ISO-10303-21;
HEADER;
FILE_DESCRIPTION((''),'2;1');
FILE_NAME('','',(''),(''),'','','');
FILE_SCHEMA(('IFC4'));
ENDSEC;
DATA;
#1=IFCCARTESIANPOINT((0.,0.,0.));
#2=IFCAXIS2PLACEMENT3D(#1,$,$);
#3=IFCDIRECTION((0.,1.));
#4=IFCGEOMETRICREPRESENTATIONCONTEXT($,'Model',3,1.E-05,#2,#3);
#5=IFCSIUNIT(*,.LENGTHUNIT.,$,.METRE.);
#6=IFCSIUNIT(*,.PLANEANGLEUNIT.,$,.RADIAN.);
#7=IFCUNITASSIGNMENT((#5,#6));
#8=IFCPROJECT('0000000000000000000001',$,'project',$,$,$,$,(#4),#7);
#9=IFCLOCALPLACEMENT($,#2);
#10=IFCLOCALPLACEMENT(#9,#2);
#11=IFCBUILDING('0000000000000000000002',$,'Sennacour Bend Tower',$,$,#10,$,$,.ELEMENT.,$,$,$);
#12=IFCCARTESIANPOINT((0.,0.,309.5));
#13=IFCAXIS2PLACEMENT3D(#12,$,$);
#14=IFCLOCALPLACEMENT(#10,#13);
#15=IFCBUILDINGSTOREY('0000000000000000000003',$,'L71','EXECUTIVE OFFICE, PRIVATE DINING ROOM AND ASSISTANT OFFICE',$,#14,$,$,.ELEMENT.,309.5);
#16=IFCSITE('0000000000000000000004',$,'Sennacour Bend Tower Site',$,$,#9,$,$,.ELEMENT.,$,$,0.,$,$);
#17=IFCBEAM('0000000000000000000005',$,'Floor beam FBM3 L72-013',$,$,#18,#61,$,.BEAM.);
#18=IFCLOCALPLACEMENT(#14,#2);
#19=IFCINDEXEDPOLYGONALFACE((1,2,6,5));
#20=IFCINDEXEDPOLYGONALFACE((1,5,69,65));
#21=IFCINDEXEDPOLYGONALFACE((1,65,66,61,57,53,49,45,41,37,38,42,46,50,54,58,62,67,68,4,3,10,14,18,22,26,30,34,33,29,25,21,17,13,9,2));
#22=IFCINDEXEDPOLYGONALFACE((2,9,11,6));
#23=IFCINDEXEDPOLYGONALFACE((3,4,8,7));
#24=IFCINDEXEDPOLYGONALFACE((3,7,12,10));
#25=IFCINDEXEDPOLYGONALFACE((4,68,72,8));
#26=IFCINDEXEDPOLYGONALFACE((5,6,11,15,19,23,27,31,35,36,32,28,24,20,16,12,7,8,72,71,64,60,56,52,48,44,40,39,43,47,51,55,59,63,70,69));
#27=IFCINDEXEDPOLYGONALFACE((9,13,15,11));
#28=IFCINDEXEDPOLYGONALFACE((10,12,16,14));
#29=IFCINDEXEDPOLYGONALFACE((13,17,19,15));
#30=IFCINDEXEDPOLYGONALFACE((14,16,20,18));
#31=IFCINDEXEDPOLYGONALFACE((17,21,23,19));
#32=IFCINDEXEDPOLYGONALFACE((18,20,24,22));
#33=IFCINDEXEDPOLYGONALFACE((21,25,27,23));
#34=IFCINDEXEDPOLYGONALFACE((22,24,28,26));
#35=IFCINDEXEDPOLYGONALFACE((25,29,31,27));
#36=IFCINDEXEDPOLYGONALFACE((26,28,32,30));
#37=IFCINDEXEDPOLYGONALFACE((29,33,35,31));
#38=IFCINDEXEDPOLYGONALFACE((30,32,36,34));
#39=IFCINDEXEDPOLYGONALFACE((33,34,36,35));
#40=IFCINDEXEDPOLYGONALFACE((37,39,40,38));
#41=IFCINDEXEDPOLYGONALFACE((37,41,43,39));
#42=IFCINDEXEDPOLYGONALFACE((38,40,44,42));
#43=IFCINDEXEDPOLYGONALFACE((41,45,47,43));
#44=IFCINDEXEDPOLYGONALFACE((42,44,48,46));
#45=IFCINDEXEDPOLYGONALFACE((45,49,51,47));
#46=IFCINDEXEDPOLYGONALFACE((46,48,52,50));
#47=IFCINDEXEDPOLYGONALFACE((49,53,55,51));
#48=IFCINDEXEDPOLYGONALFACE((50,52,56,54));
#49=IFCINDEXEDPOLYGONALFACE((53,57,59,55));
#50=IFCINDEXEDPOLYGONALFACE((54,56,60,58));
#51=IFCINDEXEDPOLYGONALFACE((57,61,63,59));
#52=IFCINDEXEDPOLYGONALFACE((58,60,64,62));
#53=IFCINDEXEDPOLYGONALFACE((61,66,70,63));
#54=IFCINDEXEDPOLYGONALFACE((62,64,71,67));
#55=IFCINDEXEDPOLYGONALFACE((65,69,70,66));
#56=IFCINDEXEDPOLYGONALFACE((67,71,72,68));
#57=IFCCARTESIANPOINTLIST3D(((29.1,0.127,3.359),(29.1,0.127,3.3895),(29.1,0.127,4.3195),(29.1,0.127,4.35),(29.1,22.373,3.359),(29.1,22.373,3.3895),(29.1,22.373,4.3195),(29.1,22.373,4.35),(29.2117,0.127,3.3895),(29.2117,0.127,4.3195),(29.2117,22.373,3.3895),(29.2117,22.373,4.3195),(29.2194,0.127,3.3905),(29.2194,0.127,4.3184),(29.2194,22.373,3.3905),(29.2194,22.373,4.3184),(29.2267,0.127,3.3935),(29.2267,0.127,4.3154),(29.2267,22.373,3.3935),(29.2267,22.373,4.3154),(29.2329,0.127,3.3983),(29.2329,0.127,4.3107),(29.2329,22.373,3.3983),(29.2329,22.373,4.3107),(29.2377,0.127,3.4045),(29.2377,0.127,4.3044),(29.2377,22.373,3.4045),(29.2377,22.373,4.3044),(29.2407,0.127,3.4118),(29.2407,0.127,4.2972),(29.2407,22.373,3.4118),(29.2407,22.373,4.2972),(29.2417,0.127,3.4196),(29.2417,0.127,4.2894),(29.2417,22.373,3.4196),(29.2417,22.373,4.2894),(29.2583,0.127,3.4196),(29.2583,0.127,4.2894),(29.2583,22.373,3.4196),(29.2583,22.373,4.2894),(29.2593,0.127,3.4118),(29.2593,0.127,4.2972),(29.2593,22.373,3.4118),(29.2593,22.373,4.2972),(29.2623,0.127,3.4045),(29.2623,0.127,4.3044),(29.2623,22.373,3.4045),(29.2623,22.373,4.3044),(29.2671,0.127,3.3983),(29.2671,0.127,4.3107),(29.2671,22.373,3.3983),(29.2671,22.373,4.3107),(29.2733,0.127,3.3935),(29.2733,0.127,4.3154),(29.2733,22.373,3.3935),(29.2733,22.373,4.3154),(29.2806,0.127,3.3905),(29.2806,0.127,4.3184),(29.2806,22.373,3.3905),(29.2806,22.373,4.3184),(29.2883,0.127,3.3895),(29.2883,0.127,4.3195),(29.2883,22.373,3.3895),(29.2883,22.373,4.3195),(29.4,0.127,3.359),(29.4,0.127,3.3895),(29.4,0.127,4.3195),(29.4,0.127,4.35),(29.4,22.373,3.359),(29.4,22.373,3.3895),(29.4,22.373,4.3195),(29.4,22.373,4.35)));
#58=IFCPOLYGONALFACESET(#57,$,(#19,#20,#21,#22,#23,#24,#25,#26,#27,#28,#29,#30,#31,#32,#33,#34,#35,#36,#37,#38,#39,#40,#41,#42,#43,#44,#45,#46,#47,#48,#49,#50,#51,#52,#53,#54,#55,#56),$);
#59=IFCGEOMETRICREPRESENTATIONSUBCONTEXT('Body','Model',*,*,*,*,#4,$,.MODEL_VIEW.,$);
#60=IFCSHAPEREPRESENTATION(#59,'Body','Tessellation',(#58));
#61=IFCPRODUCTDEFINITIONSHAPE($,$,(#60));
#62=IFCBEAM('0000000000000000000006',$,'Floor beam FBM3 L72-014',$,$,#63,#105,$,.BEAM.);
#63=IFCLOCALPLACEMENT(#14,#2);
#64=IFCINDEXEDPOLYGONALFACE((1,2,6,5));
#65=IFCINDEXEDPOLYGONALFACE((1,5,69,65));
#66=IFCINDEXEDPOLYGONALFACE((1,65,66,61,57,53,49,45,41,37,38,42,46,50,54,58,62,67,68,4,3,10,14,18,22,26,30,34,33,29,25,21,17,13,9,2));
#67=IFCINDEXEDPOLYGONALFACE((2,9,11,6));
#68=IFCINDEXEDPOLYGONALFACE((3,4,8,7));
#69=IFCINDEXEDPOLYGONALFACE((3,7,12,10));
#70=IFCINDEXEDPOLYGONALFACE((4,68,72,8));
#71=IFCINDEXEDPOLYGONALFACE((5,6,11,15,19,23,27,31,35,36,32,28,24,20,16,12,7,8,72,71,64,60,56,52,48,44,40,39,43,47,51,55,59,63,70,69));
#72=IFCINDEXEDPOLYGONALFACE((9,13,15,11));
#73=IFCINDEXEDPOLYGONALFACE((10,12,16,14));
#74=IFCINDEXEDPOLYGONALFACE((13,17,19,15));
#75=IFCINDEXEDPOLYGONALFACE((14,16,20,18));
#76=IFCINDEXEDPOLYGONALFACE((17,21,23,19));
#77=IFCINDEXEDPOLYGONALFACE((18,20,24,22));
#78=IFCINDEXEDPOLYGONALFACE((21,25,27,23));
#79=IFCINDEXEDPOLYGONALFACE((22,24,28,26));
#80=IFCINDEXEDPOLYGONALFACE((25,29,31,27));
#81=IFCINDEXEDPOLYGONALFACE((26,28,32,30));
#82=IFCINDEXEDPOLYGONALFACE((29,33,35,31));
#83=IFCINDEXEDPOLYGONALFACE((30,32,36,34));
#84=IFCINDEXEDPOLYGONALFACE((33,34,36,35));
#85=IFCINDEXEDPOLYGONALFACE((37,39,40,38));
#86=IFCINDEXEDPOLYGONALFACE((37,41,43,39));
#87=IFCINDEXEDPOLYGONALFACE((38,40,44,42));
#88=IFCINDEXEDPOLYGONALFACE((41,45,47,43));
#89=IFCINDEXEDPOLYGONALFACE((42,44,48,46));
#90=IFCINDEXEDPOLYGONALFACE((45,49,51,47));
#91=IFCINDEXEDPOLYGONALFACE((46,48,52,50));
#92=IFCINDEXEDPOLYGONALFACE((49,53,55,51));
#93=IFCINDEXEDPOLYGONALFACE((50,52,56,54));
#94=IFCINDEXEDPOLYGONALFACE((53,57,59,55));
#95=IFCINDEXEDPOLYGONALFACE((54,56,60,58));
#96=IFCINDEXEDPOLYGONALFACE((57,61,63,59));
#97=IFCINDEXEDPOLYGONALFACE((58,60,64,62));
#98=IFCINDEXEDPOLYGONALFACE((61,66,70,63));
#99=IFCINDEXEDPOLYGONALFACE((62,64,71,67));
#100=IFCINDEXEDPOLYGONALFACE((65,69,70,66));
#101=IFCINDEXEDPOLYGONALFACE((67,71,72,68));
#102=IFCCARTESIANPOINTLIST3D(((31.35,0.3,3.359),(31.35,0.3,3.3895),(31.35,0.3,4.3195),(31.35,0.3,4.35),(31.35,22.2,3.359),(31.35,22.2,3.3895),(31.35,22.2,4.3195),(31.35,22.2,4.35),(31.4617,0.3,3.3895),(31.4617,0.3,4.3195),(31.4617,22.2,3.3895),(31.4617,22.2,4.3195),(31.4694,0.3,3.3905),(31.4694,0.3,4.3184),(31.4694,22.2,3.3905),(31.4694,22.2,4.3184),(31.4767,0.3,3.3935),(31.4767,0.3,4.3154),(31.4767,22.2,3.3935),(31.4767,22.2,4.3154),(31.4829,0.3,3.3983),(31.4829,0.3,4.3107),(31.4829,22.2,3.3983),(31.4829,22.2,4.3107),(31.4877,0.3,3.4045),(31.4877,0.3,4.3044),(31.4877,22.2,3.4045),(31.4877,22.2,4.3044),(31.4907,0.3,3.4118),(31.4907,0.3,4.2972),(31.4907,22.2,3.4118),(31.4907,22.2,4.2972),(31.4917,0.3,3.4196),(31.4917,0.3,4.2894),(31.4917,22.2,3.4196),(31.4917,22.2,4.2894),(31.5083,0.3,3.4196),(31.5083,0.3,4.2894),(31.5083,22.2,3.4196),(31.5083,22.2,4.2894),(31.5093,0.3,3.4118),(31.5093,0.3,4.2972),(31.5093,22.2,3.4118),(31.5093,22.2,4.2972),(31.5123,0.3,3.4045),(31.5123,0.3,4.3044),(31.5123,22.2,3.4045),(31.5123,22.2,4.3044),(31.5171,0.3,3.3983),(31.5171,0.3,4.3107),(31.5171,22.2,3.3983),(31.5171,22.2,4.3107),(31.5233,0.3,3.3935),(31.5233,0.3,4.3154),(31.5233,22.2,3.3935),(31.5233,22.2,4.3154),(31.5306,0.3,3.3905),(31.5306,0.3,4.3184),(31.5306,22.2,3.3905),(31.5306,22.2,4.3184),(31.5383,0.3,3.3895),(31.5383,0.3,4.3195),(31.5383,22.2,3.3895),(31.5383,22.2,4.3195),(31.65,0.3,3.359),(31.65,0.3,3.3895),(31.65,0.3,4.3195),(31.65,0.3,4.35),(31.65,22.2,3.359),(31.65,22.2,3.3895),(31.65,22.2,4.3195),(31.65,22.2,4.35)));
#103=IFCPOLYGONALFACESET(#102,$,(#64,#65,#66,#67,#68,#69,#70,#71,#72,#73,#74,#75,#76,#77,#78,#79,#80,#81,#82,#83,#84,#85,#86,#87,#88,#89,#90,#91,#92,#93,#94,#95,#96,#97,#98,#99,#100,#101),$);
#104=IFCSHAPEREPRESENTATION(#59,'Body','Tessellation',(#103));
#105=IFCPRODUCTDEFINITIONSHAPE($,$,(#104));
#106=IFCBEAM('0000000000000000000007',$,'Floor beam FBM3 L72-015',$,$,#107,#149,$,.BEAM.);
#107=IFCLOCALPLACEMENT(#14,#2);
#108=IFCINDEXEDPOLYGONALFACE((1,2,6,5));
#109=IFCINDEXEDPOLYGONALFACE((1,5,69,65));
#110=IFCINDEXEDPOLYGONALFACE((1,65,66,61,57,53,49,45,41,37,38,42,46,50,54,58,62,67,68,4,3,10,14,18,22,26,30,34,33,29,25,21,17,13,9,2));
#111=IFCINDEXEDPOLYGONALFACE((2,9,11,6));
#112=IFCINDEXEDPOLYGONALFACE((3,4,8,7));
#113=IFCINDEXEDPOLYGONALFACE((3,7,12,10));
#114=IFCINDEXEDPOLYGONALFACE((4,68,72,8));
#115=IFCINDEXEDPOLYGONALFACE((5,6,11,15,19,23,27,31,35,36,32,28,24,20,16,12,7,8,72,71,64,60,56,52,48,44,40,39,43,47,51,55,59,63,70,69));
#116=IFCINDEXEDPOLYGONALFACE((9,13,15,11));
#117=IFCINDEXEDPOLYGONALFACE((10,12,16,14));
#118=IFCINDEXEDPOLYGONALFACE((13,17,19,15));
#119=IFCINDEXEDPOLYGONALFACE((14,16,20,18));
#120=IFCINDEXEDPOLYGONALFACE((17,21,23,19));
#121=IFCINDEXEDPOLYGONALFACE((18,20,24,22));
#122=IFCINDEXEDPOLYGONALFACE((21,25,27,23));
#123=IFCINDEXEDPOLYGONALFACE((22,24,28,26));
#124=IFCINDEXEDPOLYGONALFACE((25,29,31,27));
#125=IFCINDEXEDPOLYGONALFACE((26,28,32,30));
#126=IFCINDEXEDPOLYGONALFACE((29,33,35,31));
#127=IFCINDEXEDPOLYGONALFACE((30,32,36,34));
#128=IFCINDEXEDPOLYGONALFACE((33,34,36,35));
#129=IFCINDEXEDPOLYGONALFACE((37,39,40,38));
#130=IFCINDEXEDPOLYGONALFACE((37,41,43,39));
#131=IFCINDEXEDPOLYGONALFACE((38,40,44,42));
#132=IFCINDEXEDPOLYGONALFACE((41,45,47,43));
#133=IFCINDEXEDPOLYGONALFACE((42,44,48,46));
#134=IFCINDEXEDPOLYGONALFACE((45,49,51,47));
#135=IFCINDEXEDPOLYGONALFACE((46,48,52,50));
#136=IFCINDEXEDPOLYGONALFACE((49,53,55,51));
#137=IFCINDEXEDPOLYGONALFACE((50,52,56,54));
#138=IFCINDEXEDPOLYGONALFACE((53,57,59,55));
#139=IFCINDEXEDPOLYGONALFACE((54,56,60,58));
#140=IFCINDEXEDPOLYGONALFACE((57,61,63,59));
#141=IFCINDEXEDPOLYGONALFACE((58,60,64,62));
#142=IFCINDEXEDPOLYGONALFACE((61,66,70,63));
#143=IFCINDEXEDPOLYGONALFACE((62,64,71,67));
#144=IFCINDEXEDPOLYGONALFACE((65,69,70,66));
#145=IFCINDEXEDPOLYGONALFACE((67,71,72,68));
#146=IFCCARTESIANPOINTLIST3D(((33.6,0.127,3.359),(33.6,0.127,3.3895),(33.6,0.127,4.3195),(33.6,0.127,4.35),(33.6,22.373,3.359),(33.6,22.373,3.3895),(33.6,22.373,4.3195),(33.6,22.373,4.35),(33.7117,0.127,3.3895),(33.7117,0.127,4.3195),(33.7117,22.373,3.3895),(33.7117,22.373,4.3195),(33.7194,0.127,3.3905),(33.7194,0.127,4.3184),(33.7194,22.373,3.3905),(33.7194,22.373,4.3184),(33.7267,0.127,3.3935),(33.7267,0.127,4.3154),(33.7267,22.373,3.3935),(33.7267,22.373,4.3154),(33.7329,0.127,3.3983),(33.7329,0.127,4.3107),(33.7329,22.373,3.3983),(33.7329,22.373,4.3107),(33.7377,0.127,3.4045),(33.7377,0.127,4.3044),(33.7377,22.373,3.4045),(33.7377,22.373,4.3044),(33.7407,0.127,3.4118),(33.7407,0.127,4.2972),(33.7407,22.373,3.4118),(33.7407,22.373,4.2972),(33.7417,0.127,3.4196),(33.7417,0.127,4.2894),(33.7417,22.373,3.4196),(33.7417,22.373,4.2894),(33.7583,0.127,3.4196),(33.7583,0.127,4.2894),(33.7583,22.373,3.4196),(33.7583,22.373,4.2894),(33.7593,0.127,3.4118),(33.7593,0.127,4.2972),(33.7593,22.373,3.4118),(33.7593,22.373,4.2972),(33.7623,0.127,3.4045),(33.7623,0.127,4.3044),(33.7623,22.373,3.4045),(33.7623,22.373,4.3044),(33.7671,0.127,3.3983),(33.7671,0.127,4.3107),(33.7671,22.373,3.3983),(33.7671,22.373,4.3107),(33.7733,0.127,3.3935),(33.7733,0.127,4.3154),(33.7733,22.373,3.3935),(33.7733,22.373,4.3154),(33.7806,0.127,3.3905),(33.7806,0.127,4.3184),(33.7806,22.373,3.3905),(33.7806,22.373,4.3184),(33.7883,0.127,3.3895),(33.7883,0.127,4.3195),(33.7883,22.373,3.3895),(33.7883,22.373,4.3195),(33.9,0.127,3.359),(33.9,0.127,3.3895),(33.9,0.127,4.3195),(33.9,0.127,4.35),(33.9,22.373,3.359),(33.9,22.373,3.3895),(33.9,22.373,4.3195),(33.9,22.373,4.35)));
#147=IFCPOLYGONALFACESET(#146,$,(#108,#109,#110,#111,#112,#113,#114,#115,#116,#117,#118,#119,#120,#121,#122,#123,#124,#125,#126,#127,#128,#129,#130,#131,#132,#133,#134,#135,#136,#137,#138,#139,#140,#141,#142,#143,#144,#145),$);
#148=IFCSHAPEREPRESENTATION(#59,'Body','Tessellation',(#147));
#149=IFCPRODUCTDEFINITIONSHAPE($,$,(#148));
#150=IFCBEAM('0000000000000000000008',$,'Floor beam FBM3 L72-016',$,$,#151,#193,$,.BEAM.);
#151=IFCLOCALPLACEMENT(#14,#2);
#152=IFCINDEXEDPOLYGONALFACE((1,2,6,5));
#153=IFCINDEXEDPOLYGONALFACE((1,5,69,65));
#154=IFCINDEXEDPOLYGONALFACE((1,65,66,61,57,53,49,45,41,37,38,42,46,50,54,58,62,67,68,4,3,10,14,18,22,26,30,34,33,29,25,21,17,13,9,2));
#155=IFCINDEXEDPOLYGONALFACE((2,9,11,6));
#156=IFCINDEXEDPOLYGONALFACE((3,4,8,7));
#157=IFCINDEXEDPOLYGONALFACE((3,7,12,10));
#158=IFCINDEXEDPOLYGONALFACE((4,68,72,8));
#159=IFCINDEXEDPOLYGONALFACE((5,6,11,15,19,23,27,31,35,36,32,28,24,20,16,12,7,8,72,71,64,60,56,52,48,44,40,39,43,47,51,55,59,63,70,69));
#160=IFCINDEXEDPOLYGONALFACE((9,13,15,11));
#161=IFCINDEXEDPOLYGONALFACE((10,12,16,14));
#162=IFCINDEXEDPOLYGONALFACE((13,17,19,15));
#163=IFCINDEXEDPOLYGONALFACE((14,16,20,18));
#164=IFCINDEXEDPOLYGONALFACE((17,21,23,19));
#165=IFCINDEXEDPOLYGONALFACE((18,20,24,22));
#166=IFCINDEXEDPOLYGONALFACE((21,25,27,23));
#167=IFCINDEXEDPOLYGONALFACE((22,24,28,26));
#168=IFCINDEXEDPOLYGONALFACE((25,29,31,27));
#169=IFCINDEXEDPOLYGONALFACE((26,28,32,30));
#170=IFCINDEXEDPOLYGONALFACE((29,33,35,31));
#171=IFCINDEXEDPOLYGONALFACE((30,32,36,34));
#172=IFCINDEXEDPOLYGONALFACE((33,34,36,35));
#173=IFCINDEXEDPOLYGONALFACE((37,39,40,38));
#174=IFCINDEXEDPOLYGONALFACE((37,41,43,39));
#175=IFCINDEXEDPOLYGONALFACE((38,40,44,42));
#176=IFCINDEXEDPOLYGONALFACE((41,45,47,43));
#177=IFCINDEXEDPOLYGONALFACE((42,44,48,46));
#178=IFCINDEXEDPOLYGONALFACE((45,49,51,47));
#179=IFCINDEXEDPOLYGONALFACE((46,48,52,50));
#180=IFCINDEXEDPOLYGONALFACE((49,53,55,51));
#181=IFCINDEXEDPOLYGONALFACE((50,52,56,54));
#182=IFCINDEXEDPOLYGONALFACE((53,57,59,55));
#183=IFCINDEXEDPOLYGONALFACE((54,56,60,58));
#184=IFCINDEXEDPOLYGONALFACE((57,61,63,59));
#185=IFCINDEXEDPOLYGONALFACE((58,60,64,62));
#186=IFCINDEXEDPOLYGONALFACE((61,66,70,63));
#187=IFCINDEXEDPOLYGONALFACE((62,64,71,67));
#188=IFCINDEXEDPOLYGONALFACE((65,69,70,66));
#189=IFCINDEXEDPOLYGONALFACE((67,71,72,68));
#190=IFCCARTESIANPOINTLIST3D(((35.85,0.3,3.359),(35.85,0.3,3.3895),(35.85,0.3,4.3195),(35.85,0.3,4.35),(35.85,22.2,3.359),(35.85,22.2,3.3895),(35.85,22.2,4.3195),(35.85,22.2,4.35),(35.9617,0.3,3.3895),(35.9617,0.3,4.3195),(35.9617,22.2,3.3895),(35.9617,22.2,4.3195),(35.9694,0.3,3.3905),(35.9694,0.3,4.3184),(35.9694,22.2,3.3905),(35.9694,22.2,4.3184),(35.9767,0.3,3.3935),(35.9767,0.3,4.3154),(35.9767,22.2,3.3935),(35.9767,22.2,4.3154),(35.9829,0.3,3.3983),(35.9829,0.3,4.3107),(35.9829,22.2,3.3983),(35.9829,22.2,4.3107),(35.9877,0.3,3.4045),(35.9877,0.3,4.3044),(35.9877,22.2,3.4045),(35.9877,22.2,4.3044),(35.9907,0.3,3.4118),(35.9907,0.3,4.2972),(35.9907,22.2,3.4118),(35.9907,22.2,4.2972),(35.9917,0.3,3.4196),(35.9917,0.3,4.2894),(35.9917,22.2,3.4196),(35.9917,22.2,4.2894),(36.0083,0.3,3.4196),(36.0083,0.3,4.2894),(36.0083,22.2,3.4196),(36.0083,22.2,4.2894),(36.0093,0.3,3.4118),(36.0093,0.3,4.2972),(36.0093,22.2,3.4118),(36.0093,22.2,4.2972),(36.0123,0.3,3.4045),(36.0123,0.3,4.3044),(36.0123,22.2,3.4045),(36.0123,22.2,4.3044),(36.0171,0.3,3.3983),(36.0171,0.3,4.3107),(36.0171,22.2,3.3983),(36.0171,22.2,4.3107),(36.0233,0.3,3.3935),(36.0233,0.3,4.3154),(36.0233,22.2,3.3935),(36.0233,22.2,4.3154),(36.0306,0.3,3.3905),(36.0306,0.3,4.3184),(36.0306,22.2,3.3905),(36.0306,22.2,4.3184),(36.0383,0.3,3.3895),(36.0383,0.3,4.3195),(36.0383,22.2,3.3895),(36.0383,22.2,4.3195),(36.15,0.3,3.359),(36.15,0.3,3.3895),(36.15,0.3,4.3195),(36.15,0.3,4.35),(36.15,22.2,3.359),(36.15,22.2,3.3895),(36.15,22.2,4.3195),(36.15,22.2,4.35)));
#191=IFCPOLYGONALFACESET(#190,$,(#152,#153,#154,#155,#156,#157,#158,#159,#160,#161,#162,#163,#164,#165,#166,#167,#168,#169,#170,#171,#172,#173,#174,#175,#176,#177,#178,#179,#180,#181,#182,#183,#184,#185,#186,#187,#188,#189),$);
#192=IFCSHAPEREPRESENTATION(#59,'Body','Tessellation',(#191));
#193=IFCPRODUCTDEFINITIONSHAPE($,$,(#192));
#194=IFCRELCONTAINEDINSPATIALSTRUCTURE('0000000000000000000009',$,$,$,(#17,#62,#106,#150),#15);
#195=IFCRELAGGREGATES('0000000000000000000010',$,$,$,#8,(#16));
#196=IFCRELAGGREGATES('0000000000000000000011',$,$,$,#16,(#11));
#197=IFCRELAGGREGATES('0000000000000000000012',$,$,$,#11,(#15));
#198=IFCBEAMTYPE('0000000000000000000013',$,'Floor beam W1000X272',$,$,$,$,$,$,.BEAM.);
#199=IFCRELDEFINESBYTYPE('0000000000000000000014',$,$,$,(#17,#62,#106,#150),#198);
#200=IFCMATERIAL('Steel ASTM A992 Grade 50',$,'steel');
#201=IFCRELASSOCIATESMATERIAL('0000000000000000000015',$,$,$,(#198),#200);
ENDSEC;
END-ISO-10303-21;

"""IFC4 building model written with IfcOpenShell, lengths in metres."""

from ifc_helpers import new_model, si_unit, direction, frame, origin, origin_2d, place, context, subcontext, project, spatial, i_section, extrude, material, material_profile, profile_set, type_object, element, save


model = new_model("IFC4")

# Units and contexts
model_context = context("Model", 3, precision=1e-05, world=origin(), true_north=direction((0.0, 1.0)))
body_context = subcontext(model_context, "Body", "Model", "MODEL_VIEW")
ifc_project = project(units=[si_unit("LENGTHUNIT", "METRE"), si_unit("PLANEANGLEUNIT", "RADIAN")], contexts=[model_context])

# Site, building, storey
site_placement = place(None, origin())
site = spatial("IfcSite", under=ifc_project, at=site_placement, Name="Sennacour Bend Tower Site", CompositionType="ELEMENT", RefElevation=0.0)
building_placement = place(site_placement, origin())
building = spatial("IfcBuilding", under=site, at=building_placement, Name="Sennacour Bend Tower", CompositionType="ELEMENT")
storey_placement = place(building_placement, frame((0.0, 0.0, 309.5)))
storey = spatial("IfcBuildingStorey", under=building, at=storey_placement, Name="L71", Description="EXECUTIVE OFFICE, PRIVATE DINING ROOM AND ASSISTANT OFFICE", CompositionType="ELEMENT", Elevation=309.5)

# Beams
ifc_material_1 = material(Name="Steel ASTM A992 Grade 50", Category="steel")
ifc_material_profile_1 = material_profile(ifc_material_1, i_section(OverallWidth=0.3, OverallDepth=0.991, WebThickness=0.0166, FlangeThickness=0.0305, FilletRadius=0.03, at=origin_2d()), Name="Steel ASTM A992 Grade 50", Category="steel")
ifc_profile_set_1 = profile_set([ifc_material_profile_1], Name="Steel ASTM A992 Grade 50")
beam_type_1 = type_object("IfcBeamType", Name="Floor beam W1000X272", PredefinedType="BEAM", material=ifc_profile_set_1)
beam_1_placement = place(storey_placement, frame((29.25, 0.127, 3.8545), z_axis=(0.0, 1.0, 0.0), x_axis=(-1.0, 0.0, 0.0)))
element("IfcBeam", 1, at=beam_1_placement, inside=storey, type_object=beam_type_1, Name="Floor beam FBM3 L72-013", PredefinedType="BEAM", context=body_context, shape_type="SweptSolid", body=[
    extrude(i_section(OverallWidth=0.3, OverallDepth=0.991, WebThickness=0.0166, FlangeThickness=0.0305, FilletRadius=0.03, at=origin_2d()), origin(), (0.0, 0.0, 1.0), 22.2461),
])
beam_2_placement = place(storey_placement, frame((31.5, 0.3, 3.8545), z_axis=(0.0, 1.0, 0.0), x_axis=(-1.0, 0.0, 0.0)))
element("IfcBeam", 2, at=beam_2_placement, inside=storey, type_object=beam_type_1, Name="Floor beam FBM3 L72-014", PredefinedType="BEAM", context=body_context, shape_type="SweptSolid", body=[
    extrude(i_section(OverallWidth=0.3, OverallDepth=0.991, WebThickness=0.0166, FlangeThickness=0.0305, FilletRadius=0.03, at=origin_2d()), origin(), (0.0, 0.0, 1.0), 21.8999),
])
beam_3_placement = place(storey_placement, frame((33.75, 0.127, 3.8545), z_axis=(0.0, 1.0, 0.0), x_axis=(-1.0, 0.0, 0.0)))
element("IfcBeam", 3, at=beam_3_placement, inside=storey, type_object=beam_type_1, Name="Floor beam FBM3 L72-015", PredefinedType="BEAM", context=body_context, shape_type="SweptSolid", body=[
    extrude(i_section(OverallWidth=0.3, OverallDepth=0.991, WebThickness=0.0166, FlangeThickness=0.0305, FilletRadius=0.03, at=origin_2d()), origin(), (0.0, 0.0, 1.0), 22.2461),
])
beam_4_placement = place(storey_placement, frame((36.0, 0.3, 3.8545), z_axis=(0.0, 1.0, 0.0), x_axis=(-1.0, 0.0, 0.0)))
element("IfcBeam", 4, at=beam_4_placement, inside=storey, type_object=beam_type_1, Name="Floor beam FBM3 L72-016", PredefinedType="BEAM", context=body_context, shape_type="SweptSolid", body=[
    extrude(i_section(OverallWidth=0.3, OverallDepth=0.991, WebThickness=0.0166, FlangeThickness=0.0305, FilletRadius=0.03, at=origin_2d()), origin(), (0.0, 0.0, 1.0), 21.8999),
])

save(model, "model.ifc")
